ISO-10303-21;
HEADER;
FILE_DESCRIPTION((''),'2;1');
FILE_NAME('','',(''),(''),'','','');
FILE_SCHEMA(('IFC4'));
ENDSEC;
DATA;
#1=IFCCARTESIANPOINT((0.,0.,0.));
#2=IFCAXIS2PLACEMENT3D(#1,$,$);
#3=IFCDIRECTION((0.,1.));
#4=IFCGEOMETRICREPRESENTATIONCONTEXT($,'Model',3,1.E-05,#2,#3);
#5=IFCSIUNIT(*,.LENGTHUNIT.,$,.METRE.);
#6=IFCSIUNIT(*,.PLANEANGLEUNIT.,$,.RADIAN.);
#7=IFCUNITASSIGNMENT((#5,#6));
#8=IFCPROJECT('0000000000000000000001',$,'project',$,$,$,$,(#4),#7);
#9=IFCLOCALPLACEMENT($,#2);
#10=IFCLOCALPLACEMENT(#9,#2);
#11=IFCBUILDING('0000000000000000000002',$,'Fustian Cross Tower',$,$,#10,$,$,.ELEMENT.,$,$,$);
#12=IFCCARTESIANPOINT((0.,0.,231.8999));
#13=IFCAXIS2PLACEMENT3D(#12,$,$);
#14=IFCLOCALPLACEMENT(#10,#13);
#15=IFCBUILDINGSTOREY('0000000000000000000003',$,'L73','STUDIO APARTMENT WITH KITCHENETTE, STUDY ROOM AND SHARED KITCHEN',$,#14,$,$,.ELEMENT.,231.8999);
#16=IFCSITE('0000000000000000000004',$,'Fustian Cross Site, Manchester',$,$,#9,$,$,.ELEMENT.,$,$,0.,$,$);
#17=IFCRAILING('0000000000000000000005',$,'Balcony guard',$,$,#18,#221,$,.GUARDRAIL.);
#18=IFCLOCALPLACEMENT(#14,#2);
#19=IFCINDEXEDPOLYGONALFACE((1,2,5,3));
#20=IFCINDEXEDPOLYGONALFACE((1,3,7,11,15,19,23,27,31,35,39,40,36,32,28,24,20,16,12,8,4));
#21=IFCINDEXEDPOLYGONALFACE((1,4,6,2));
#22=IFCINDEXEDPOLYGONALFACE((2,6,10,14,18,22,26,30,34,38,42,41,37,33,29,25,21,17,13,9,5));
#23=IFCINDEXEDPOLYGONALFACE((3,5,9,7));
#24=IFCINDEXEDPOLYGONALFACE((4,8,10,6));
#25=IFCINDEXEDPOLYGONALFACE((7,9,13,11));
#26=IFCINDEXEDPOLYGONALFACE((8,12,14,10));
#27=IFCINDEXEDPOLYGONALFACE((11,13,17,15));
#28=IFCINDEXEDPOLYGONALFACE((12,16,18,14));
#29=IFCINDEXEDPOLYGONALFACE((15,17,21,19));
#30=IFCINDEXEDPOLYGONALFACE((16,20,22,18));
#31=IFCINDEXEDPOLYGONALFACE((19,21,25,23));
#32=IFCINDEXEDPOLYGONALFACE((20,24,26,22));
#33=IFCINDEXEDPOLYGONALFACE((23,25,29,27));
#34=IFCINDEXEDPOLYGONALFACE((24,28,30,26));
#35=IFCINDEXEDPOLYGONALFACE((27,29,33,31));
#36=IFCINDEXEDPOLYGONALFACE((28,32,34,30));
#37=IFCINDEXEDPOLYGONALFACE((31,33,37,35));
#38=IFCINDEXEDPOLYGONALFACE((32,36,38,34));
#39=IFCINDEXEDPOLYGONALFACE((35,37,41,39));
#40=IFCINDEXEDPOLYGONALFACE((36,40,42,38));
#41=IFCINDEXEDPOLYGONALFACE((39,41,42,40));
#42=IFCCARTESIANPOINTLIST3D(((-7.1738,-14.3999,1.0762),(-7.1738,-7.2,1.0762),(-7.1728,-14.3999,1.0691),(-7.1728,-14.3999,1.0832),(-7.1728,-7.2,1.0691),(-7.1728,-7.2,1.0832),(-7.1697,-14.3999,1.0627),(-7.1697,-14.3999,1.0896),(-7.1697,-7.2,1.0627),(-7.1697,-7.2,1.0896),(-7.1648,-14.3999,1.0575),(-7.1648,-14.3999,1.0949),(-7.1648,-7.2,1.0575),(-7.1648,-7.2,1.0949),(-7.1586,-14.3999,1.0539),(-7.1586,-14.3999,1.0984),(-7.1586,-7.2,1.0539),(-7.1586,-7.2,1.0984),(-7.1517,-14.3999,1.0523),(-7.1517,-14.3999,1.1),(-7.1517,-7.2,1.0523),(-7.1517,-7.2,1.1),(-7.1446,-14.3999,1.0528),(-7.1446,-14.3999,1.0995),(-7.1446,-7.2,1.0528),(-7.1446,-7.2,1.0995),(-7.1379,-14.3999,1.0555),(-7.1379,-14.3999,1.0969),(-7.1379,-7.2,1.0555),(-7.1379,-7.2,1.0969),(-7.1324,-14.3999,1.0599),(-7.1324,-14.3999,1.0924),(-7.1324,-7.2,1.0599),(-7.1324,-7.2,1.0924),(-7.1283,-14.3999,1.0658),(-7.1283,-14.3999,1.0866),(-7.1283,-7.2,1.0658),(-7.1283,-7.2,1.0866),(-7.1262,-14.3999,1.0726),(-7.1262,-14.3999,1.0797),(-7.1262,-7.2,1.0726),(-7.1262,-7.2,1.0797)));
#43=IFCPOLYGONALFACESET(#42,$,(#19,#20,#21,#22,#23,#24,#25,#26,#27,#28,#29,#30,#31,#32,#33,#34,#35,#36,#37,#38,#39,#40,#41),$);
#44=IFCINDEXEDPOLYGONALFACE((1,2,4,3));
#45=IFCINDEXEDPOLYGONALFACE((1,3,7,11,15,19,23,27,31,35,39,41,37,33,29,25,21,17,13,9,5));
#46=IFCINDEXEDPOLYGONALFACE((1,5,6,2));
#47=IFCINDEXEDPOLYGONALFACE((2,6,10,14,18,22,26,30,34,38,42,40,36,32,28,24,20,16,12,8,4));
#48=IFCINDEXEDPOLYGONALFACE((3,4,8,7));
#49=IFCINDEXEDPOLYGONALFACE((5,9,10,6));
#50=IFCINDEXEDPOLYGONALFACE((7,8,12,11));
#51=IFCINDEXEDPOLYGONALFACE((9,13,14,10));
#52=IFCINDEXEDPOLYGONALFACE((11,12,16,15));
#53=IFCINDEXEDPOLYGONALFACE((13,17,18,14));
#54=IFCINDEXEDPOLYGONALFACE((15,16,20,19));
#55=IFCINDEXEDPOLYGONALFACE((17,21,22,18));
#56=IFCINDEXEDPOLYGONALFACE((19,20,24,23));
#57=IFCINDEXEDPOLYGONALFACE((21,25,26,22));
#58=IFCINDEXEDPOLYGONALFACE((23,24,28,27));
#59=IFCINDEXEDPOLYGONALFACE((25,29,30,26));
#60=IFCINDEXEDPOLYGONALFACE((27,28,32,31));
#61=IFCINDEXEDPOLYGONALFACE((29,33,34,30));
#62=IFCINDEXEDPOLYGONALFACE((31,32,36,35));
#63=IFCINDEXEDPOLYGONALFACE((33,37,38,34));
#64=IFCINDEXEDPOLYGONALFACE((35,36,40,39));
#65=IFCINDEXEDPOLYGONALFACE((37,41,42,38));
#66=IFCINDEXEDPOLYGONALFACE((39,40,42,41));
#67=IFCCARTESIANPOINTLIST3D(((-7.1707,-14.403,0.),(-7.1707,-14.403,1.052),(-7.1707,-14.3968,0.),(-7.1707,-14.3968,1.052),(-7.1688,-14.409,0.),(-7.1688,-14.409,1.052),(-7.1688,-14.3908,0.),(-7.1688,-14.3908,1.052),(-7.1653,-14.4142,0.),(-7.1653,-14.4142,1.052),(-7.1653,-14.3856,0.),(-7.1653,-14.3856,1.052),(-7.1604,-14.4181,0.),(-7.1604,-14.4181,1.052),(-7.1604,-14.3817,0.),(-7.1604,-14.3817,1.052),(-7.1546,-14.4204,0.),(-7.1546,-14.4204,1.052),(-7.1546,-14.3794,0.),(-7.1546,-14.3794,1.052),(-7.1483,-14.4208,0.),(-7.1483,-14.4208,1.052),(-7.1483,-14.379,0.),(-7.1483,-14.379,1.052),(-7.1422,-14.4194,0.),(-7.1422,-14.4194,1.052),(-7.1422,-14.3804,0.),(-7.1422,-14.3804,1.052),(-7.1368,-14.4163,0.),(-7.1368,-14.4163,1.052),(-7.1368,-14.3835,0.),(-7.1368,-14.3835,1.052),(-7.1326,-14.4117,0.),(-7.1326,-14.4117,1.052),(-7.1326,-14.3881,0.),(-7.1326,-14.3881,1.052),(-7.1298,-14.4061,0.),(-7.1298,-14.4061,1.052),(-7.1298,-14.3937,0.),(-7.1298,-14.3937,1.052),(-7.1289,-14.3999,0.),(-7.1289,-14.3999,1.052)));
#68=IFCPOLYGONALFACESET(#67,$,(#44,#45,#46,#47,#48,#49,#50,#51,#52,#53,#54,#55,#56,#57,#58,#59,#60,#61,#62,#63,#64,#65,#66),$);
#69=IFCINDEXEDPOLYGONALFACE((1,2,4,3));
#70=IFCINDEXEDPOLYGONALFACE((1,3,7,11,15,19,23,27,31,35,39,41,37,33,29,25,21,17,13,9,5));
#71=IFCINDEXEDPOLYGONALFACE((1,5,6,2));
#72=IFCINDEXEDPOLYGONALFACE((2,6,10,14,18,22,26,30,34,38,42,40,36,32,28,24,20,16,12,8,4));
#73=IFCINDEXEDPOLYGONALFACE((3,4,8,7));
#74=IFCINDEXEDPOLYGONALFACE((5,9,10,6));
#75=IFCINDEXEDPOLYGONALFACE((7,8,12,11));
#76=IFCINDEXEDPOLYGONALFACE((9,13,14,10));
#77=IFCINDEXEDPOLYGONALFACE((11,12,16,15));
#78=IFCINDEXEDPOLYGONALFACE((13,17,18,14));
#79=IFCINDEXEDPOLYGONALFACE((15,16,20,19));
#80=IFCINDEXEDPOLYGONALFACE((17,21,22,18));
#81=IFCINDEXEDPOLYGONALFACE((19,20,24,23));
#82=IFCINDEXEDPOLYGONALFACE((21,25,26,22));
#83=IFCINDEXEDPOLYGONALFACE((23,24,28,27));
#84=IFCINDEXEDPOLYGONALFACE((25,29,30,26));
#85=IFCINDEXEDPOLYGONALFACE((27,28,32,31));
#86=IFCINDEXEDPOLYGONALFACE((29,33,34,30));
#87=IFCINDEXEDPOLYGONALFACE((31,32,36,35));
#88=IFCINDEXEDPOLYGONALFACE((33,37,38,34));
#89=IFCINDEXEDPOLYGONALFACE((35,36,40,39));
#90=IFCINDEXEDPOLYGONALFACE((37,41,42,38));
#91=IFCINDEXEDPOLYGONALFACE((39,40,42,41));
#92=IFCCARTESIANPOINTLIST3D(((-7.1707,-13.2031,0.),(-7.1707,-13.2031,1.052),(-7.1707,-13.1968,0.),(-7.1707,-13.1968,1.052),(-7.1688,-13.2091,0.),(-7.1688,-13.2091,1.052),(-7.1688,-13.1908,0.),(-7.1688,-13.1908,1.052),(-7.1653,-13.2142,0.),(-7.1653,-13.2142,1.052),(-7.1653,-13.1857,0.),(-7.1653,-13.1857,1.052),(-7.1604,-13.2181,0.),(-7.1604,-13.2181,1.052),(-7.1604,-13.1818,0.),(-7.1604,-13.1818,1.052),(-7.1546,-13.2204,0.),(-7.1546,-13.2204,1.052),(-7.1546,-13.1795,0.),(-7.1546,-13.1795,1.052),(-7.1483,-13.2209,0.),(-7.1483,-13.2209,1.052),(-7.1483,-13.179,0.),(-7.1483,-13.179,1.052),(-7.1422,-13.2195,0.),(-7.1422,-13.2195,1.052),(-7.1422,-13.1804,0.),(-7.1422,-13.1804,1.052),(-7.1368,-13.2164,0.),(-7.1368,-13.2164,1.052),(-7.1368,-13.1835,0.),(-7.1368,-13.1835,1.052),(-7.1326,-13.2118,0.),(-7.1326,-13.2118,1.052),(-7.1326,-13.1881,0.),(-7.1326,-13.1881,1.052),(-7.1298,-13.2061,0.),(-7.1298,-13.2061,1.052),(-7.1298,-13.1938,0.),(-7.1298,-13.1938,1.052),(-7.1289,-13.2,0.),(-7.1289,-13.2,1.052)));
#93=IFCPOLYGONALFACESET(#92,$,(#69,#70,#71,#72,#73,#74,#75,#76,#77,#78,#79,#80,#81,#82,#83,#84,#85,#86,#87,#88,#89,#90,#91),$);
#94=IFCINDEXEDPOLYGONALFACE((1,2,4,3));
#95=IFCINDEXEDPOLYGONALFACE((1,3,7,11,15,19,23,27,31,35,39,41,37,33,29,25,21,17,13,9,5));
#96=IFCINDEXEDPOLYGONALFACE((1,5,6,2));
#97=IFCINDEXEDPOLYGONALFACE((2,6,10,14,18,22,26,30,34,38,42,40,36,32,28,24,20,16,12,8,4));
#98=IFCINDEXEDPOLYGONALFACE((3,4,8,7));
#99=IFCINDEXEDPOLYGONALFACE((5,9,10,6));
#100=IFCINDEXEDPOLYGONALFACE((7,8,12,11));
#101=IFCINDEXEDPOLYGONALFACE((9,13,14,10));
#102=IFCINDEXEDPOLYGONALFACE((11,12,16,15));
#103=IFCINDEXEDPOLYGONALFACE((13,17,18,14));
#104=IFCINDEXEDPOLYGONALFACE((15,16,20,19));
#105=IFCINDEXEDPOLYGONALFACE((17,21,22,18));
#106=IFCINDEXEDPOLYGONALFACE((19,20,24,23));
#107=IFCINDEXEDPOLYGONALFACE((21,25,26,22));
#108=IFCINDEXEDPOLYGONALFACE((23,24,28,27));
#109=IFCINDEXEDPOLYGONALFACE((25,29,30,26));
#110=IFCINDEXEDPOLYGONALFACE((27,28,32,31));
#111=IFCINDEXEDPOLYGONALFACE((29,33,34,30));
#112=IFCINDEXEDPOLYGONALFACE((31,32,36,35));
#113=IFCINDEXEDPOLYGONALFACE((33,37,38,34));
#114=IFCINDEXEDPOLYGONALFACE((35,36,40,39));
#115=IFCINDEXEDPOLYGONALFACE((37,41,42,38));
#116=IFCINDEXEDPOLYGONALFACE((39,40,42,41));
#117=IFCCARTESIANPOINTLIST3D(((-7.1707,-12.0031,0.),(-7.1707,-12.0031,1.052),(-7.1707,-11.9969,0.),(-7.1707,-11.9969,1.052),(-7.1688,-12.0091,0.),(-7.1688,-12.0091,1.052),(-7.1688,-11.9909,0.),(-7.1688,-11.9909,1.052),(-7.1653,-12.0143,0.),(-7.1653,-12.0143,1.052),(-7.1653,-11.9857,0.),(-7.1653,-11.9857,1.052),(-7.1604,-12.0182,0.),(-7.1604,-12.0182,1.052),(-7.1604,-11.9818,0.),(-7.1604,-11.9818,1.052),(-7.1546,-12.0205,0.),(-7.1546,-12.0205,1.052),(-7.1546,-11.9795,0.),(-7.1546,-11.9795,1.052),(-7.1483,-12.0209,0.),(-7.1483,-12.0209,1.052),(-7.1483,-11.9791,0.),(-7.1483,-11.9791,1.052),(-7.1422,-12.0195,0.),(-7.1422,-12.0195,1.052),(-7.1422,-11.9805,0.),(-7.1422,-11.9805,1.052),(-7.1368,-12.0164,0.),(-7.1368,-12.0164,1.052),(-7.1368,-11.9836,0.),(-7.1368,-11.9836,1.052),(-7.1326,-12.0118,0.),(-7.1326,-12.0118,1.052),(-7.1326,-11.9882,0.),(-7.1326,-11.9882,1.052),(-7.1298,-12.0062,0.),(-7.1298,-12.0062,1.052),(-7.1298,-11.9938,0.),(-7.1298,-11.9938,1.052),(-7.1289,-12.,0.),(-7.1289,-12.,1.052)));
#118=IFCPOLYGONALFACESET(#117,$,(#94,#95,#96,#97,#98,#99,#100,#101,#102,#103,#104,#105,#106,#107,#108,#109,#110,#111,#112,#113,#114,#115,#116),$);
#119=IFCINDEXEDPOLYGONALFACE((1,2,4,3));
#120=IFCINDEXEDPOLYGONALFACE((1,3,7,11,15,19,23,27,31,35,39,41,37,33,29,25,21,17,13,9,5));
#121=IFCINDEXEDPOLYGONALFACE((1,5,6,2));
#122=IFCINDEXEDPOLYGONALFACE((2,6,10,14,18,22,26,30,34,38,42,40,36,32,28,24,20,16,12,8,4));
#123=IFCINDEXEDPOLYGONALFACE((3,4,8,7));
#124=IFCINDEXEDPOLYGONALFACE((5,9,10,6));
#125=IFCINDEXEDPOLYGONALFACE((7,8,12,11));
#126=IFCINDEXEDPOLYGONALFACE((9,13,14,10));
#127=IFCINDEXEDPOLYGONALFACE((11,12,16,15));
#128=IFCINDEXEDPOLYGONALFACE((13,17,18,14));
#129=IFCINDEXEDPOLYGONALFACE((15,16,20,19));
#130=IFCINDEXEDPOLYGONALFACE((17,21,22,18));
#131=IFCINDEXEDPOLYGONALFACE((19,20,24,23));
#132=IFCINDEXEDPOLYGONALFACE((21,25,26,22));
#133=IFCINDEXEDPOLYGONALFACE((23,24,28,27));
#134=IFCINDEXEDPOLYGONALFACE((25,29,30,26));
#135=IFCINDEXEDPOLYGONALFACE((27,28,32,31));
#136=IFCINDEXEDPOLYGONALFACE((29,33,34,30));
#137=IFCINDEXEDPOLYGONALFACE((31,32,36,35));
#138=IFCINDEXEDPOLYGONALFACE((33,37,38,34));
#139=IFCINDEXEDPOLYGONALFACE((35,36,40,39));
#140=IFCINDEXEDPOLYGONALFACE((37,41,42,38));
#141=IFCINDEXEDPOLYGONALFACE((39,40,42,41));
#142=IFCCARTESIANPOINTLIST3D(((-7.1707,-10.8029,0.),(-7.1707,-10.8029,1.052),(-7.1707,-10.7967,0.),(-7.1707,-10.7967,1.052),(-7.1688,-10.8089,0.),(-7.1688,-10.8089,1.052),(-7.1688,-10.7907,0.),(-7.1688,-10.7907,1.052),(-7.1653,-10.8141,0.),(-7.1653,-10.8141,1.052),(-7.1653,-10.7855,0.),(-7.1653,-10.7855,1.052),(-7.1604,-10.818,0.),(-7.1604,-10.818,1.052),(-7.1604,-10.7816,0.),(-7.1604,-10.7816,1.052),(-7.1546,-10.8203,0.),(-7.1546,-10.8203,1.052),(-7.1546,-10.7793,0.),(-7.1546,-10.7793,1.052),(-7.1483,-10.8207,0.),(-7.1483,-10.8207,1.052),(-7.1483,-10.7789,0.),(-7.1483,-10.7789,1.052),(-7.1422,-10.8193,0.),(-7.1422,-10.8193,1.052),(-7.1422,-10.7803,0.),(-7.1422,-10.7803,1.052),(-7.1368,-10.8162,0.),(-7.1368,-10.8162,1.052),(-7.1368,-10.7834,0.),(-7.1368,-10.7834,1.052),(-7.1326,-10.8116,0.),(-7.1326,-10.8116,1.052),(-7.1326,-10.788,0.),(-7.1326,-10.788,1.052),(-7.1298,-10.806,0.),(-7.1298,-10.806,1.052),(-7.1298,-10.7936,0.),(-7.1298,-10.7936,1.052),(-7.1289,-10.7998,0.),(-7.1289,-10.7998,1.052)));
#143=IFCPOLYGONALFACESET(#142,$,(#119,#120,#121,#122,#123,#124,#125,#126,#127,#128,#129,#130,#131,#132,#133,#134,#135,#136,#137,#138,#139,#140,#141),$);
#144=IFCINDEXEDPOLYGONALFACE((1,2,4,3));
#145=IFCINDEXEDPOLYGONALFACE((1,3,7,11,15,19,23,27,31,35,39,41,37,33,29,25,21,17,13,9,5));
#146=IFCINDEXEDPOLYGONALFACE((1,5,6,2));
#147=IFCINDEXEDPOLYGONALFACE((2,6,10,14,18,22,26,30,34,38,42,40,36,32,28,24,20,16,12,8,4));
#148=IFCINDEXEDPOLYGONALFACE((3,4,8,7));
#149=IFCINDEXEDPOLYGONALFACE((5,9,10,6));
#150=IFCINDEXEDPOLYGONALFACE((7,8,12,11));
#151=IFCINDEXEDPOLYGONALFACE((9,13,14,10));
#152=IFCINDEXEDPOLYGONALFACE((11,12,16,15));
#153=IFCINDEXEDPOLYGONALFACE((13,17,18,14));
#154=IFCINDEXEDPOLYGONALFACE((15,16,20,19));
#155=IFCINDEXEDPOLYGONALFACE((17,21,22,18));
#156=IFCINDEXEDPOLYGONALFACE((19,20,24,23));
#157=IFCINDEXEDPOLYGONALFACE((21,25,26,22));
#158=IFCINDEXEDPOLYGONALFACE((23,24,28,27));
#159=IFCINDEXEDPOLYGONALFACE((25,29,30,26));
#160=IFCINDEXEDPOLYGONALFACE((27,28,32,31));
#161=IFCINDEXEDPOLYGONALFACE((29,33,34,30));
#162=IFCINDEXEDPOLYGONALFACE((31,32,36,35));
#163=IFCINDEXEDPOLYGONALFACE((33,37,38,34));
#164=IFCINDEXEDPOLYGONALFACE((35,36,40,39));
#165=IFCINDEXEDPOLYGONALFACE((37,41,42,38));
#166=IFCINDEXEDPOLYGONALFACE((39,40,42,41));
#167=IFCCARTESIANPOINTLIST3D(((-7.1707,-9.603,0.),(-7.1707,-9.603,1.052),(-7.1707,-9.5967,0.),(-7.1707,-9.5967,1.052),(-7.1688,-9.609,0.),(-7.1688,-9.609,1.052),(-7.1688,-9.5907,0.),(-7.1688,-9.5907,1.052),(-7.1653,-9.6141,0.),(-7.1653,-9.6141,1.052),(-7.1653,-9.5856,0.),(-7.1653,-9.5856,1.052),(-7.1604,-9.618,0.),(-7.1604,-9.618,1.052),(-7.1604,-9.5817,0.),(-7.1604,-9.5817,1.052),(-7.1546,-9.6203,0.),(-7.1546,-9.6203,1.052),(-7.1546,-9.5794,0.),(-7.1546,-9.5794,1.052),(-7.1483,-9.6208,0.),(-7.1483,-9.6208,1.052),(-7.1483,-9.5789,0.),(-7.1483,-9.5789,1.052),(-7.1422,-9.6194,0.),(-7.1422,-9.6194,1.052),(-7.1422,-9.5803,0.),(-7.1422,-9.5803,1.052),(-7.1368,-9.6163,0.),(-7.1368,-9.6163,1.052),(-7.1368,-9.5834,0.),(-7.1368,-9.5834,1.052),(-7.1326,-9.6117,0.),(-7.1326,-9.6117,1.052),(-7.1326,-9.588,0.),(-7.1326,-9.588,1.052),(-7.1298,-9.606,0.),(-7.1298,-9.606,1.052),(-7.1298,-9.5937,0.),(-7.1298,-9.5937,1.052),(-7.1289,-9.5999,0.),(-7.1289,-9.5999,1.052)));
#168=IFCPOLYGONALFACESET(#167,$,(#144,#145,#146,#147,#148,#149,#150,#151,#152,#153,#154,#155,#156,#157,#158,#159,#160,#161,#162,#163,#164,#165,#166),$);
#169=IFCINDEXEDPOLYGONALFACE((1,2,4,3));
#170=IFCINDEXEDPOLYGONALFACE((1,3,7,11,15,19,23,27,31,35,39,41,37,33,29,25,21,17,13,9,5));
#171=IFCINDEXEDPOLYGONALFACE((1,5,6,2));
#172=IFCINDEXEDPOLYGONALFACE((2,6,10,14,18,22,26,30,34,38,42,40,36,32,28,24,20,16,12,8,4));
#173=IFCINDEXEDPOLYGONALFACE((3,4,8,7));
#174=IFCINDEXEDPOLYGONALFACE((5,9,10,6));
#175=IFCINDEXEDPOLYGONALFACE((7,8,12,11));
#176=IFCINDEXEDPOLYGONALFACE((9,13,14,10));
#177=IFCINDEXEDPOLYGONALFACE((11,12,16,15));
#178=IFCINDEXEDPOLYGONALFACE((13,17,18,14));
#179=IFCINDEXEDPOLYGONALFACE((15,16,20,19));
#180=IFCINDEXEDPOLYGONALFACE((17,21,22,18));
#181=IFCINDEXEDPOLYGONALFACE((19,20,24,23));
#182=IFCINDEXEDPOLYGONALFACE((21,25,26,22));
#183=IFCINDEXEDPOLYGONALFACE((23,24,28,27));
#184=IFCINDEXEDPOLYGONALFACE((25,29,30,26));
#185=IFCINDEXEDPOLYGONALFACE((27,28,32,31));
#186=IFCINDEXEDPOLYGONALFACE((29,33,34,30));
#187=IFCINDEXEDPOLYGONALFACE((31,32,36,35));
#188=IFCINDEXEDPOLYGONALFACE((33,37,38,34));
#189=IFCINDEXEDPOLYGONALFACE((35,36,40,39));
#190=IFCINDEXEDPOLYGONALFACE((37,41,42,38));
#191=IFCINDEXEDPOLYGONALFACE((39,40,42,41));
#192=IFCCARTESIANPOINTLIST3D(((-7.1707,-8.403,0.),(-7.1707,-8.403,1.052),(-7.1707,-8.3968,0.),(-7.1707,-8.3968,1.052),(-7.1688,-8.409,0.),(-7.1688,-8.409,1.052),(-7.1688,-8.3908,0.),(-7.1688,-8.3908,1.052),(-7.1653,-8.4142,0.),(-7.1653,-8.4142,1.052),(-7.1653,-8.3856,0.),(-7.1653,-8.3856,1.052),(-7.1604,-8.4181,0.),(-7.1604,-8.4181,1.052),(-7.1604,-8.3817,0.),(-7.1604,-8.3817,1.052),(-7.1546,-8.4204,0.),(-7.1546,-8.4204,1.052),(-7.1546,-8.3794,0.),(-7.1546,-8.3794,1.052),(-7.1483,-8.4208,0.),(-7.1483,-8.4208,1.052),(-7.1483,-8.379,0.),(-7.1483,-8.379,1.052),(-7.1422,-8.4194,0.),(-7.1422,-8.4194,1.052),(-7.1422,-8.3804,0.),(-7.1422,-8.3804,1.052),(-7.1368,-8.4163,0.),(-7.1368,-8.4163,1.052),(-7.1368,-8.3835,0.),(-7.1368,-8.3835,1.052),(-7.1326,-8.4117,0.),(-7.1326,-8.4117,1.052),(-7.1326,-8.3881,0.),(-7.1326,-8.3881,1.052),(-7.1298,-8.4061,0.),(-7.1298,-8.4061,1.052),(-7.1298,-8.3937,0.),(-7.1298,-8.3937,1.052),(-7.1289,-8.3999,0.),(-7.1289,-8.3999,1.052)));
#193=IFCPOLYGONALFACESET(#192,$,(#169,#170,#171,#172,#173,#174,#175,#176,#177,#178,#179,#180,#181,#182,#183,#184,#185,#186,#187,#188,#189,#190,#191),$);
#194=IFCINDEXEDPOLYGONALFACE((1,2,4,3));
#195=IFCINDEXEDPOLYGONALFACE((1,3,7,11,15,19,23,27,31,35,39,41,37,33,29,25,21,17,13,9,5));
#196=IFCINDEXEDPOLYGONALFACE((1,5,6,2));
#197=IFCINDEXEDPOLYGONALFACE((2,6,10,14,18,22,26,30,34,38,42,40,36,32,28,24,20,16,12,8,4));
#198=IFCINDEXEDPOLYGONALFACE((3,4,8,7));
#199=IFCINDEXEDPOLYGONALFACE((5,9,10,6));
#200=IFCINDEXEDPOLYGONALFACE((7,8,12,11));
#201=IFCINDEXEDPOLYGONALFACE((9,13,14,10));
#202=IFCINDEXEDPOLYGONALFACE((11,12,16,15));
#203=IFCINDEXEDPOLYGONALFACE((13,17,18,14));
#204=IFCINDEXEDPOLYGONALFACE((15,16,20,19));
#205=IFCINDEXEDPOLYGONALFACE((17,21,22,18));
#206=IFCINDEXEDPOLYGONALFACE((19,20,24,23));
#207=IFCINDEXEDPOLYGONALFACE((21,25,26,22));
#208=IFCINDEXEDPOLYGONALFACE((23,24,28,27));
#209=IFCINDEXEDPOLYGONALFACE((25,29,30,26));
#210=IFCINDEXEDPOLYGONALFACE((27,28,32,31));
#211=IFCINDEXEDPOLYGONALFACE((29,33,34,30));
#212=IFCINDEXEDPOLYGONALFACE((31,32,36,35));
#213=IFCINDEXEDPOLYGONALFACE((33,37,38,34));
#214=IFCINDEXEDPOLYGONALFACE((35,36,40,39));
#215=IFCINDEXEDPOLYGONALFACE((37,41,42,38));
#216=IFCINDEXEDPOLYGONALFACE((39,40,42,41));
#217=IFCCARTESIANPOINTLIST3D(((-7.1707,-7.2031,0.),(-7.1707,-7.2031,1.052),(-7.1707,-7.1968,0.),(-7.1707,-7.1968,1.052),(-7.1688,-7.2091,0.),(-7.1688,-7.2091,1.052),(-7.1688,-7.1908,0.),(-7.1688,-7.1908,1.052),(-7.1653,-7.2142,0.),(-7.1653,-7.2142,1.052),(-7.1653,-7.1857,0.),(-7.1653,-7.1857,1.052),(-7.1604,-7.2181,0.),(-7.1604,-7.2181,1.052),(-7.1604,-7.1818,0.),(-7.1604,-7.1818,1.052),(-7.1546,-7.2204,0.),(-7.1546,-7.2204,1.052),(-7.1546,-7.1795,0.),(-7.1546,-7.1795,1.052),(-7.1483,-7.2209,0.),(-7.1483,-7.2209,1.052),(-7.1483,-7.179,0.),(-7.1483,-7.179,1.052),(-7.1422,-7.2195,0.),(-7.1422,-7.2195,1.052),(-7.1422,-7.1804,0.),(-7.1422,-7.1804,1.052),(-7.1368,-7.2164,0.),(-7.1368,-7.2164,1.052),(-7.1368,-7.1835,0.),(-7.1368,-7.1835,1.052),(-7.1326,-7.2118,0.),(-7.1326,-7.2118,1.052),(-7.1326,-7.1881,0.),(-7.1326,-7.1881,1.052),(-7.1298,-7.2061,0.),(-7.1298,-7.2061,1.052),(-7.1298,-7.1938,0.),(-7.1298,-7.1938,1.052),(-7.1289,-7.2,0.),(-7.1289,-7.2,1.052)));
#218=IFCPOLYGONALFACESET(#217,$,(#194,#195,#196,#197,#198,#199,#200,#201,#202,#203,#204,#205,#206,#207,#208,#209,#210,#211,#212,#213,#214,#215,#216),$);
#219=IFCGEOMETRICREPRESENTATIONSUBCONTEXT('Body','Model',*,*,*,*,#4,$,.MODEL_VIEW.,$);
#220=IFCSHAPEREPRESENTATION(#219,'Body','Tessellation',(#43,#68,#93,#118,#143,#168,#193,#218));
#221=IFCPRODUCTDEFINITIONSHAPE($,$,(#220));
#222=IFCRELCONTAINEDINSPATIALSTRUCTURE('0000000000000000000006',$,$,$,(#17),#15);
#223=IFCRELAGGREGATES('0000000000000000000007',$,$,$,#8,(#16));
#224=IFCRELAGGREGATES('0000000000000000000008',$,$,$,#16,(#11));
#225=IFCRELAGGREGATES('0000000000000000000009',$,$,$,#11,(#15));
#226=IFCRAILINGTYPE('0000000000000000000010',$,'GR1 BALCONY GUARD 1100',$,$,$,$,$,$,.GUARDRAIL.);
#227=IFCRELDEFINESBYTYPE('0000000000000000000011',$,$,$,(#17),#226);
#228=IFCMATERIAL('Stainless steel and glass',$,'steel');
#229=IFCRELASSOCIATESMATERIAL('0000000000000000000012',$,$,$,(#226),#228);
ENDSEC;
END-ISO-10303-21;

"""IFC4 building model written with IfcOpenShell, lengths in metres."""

from ifc_helpers import new_model, si_unit, direction, frame, origin, origin_2d, place, context, subcontext, project, spatial, circle, extrude, material, type_object, element, save


model = new_model("IFC4")

# Units and contexts
model_context = context("Model", 3, precision=1e-05, world=origin(), true_north=direction((0.0, 1.0)))
body_context = subcontext(model_context, "Body", "Model", "MODEL_VIEW")
ifc_project = project(units=[si_unit("LENGTHUNIT", "METRE"), si_unit("PLANEANGLEUNIT", "RADIAN")], contexts=[model_context])

# Site, building, storey
site_placement = place(None, origin())
site = spatial("IfcSite", under=ifc_project, at=site_placement, Name="Fustian Cross Site, Manchester", CompositionType="ELEMENT", RefElevation=0.0)
building_placement = place(site_placement, origin())
building = spatial("IfcBuilding", under=site, at=building_placement, Name="Fustian Cross Tower", CompositionType="ELEMENT")
storey_placement = place(building_placement, frame((0.0, 0.0, 231.8999)))
storey = spatial("IfcBuildingStorey", under=building, at=storey_placement, Name="L73", Description="STUDIO APARTMENT WITH KITCHENETTE, STUDY ROOM AND SHARED KITCHEN", CompositionType="ELEMENT", Elevation=231.8999)

# Railing
ifc_material_1 = material(Name="Stainless steel and glass", Category="steel")
railing_type_1 = type_object("IfcRailingType", Name="GR1 BALCONY GUARD 1100", PredefinedType="GUARDRAIL", material=ifc_material_1)
railing_1_placement = place(storey_placement, frame((-7.1499, -14.3999, 0.0)))
element("IfcRailing", 1, at=railing_1_placement, inside=storey, type_object=railing_type_1, Name="Balcony guard", PredefinedType="GUARDRAIL", context=body_context, shape_type="SweptSolid", body=[
    extrude(circle(Radius=0.0239, at=origin_2d()), frame((0.0, 0.0, 1.0762), z_axis=(0.0, 1.0, 0.0), x_axis=(-1.0, 0.0, 0.0)), (0.0, 0.0, 1.0), 7.2),
    extrude(circle(Radius=0.021, at=origin_2d()), origin(), (0.0, 0.0, 1.0), 1.052),
    extrude(circle(Radius=0.021, at=origin_2d()), frame((0.0, 1.2, 0.0)), (0.0, 0.0, 1.0), 1.052),
    extrude(circle(Radius=0.021, at=origin_2d()), frame((0.0, 2.3999, 0.0)), (0.0, 0.0, 1.0), 1.052),
    extrude(circle(Radius=0.021, at=origin_2d()), frame((0.0, 3.6001, 0.0)), (0.0, 0.0, 1.0), 1.052),
    extrude(circle(Radius=0.021, at=origin_2d()), frame((0.0, 4.8, 0.0)), (0.0, 0.0, 1.0), 1.052),
    extrude(circle(Radius=0.021, at=origin_2d()), frame((0.0, 6.0, 0.0)), (0.0, 0.0, 1.0), 1.052),
    extrude(circle(Radius=0.021, at=origin_2d()), frame((0.0, 7.2, 0.0)), (0.0, 0.0, 1.0), 1.052),
])

save(model, "model.ifc")
